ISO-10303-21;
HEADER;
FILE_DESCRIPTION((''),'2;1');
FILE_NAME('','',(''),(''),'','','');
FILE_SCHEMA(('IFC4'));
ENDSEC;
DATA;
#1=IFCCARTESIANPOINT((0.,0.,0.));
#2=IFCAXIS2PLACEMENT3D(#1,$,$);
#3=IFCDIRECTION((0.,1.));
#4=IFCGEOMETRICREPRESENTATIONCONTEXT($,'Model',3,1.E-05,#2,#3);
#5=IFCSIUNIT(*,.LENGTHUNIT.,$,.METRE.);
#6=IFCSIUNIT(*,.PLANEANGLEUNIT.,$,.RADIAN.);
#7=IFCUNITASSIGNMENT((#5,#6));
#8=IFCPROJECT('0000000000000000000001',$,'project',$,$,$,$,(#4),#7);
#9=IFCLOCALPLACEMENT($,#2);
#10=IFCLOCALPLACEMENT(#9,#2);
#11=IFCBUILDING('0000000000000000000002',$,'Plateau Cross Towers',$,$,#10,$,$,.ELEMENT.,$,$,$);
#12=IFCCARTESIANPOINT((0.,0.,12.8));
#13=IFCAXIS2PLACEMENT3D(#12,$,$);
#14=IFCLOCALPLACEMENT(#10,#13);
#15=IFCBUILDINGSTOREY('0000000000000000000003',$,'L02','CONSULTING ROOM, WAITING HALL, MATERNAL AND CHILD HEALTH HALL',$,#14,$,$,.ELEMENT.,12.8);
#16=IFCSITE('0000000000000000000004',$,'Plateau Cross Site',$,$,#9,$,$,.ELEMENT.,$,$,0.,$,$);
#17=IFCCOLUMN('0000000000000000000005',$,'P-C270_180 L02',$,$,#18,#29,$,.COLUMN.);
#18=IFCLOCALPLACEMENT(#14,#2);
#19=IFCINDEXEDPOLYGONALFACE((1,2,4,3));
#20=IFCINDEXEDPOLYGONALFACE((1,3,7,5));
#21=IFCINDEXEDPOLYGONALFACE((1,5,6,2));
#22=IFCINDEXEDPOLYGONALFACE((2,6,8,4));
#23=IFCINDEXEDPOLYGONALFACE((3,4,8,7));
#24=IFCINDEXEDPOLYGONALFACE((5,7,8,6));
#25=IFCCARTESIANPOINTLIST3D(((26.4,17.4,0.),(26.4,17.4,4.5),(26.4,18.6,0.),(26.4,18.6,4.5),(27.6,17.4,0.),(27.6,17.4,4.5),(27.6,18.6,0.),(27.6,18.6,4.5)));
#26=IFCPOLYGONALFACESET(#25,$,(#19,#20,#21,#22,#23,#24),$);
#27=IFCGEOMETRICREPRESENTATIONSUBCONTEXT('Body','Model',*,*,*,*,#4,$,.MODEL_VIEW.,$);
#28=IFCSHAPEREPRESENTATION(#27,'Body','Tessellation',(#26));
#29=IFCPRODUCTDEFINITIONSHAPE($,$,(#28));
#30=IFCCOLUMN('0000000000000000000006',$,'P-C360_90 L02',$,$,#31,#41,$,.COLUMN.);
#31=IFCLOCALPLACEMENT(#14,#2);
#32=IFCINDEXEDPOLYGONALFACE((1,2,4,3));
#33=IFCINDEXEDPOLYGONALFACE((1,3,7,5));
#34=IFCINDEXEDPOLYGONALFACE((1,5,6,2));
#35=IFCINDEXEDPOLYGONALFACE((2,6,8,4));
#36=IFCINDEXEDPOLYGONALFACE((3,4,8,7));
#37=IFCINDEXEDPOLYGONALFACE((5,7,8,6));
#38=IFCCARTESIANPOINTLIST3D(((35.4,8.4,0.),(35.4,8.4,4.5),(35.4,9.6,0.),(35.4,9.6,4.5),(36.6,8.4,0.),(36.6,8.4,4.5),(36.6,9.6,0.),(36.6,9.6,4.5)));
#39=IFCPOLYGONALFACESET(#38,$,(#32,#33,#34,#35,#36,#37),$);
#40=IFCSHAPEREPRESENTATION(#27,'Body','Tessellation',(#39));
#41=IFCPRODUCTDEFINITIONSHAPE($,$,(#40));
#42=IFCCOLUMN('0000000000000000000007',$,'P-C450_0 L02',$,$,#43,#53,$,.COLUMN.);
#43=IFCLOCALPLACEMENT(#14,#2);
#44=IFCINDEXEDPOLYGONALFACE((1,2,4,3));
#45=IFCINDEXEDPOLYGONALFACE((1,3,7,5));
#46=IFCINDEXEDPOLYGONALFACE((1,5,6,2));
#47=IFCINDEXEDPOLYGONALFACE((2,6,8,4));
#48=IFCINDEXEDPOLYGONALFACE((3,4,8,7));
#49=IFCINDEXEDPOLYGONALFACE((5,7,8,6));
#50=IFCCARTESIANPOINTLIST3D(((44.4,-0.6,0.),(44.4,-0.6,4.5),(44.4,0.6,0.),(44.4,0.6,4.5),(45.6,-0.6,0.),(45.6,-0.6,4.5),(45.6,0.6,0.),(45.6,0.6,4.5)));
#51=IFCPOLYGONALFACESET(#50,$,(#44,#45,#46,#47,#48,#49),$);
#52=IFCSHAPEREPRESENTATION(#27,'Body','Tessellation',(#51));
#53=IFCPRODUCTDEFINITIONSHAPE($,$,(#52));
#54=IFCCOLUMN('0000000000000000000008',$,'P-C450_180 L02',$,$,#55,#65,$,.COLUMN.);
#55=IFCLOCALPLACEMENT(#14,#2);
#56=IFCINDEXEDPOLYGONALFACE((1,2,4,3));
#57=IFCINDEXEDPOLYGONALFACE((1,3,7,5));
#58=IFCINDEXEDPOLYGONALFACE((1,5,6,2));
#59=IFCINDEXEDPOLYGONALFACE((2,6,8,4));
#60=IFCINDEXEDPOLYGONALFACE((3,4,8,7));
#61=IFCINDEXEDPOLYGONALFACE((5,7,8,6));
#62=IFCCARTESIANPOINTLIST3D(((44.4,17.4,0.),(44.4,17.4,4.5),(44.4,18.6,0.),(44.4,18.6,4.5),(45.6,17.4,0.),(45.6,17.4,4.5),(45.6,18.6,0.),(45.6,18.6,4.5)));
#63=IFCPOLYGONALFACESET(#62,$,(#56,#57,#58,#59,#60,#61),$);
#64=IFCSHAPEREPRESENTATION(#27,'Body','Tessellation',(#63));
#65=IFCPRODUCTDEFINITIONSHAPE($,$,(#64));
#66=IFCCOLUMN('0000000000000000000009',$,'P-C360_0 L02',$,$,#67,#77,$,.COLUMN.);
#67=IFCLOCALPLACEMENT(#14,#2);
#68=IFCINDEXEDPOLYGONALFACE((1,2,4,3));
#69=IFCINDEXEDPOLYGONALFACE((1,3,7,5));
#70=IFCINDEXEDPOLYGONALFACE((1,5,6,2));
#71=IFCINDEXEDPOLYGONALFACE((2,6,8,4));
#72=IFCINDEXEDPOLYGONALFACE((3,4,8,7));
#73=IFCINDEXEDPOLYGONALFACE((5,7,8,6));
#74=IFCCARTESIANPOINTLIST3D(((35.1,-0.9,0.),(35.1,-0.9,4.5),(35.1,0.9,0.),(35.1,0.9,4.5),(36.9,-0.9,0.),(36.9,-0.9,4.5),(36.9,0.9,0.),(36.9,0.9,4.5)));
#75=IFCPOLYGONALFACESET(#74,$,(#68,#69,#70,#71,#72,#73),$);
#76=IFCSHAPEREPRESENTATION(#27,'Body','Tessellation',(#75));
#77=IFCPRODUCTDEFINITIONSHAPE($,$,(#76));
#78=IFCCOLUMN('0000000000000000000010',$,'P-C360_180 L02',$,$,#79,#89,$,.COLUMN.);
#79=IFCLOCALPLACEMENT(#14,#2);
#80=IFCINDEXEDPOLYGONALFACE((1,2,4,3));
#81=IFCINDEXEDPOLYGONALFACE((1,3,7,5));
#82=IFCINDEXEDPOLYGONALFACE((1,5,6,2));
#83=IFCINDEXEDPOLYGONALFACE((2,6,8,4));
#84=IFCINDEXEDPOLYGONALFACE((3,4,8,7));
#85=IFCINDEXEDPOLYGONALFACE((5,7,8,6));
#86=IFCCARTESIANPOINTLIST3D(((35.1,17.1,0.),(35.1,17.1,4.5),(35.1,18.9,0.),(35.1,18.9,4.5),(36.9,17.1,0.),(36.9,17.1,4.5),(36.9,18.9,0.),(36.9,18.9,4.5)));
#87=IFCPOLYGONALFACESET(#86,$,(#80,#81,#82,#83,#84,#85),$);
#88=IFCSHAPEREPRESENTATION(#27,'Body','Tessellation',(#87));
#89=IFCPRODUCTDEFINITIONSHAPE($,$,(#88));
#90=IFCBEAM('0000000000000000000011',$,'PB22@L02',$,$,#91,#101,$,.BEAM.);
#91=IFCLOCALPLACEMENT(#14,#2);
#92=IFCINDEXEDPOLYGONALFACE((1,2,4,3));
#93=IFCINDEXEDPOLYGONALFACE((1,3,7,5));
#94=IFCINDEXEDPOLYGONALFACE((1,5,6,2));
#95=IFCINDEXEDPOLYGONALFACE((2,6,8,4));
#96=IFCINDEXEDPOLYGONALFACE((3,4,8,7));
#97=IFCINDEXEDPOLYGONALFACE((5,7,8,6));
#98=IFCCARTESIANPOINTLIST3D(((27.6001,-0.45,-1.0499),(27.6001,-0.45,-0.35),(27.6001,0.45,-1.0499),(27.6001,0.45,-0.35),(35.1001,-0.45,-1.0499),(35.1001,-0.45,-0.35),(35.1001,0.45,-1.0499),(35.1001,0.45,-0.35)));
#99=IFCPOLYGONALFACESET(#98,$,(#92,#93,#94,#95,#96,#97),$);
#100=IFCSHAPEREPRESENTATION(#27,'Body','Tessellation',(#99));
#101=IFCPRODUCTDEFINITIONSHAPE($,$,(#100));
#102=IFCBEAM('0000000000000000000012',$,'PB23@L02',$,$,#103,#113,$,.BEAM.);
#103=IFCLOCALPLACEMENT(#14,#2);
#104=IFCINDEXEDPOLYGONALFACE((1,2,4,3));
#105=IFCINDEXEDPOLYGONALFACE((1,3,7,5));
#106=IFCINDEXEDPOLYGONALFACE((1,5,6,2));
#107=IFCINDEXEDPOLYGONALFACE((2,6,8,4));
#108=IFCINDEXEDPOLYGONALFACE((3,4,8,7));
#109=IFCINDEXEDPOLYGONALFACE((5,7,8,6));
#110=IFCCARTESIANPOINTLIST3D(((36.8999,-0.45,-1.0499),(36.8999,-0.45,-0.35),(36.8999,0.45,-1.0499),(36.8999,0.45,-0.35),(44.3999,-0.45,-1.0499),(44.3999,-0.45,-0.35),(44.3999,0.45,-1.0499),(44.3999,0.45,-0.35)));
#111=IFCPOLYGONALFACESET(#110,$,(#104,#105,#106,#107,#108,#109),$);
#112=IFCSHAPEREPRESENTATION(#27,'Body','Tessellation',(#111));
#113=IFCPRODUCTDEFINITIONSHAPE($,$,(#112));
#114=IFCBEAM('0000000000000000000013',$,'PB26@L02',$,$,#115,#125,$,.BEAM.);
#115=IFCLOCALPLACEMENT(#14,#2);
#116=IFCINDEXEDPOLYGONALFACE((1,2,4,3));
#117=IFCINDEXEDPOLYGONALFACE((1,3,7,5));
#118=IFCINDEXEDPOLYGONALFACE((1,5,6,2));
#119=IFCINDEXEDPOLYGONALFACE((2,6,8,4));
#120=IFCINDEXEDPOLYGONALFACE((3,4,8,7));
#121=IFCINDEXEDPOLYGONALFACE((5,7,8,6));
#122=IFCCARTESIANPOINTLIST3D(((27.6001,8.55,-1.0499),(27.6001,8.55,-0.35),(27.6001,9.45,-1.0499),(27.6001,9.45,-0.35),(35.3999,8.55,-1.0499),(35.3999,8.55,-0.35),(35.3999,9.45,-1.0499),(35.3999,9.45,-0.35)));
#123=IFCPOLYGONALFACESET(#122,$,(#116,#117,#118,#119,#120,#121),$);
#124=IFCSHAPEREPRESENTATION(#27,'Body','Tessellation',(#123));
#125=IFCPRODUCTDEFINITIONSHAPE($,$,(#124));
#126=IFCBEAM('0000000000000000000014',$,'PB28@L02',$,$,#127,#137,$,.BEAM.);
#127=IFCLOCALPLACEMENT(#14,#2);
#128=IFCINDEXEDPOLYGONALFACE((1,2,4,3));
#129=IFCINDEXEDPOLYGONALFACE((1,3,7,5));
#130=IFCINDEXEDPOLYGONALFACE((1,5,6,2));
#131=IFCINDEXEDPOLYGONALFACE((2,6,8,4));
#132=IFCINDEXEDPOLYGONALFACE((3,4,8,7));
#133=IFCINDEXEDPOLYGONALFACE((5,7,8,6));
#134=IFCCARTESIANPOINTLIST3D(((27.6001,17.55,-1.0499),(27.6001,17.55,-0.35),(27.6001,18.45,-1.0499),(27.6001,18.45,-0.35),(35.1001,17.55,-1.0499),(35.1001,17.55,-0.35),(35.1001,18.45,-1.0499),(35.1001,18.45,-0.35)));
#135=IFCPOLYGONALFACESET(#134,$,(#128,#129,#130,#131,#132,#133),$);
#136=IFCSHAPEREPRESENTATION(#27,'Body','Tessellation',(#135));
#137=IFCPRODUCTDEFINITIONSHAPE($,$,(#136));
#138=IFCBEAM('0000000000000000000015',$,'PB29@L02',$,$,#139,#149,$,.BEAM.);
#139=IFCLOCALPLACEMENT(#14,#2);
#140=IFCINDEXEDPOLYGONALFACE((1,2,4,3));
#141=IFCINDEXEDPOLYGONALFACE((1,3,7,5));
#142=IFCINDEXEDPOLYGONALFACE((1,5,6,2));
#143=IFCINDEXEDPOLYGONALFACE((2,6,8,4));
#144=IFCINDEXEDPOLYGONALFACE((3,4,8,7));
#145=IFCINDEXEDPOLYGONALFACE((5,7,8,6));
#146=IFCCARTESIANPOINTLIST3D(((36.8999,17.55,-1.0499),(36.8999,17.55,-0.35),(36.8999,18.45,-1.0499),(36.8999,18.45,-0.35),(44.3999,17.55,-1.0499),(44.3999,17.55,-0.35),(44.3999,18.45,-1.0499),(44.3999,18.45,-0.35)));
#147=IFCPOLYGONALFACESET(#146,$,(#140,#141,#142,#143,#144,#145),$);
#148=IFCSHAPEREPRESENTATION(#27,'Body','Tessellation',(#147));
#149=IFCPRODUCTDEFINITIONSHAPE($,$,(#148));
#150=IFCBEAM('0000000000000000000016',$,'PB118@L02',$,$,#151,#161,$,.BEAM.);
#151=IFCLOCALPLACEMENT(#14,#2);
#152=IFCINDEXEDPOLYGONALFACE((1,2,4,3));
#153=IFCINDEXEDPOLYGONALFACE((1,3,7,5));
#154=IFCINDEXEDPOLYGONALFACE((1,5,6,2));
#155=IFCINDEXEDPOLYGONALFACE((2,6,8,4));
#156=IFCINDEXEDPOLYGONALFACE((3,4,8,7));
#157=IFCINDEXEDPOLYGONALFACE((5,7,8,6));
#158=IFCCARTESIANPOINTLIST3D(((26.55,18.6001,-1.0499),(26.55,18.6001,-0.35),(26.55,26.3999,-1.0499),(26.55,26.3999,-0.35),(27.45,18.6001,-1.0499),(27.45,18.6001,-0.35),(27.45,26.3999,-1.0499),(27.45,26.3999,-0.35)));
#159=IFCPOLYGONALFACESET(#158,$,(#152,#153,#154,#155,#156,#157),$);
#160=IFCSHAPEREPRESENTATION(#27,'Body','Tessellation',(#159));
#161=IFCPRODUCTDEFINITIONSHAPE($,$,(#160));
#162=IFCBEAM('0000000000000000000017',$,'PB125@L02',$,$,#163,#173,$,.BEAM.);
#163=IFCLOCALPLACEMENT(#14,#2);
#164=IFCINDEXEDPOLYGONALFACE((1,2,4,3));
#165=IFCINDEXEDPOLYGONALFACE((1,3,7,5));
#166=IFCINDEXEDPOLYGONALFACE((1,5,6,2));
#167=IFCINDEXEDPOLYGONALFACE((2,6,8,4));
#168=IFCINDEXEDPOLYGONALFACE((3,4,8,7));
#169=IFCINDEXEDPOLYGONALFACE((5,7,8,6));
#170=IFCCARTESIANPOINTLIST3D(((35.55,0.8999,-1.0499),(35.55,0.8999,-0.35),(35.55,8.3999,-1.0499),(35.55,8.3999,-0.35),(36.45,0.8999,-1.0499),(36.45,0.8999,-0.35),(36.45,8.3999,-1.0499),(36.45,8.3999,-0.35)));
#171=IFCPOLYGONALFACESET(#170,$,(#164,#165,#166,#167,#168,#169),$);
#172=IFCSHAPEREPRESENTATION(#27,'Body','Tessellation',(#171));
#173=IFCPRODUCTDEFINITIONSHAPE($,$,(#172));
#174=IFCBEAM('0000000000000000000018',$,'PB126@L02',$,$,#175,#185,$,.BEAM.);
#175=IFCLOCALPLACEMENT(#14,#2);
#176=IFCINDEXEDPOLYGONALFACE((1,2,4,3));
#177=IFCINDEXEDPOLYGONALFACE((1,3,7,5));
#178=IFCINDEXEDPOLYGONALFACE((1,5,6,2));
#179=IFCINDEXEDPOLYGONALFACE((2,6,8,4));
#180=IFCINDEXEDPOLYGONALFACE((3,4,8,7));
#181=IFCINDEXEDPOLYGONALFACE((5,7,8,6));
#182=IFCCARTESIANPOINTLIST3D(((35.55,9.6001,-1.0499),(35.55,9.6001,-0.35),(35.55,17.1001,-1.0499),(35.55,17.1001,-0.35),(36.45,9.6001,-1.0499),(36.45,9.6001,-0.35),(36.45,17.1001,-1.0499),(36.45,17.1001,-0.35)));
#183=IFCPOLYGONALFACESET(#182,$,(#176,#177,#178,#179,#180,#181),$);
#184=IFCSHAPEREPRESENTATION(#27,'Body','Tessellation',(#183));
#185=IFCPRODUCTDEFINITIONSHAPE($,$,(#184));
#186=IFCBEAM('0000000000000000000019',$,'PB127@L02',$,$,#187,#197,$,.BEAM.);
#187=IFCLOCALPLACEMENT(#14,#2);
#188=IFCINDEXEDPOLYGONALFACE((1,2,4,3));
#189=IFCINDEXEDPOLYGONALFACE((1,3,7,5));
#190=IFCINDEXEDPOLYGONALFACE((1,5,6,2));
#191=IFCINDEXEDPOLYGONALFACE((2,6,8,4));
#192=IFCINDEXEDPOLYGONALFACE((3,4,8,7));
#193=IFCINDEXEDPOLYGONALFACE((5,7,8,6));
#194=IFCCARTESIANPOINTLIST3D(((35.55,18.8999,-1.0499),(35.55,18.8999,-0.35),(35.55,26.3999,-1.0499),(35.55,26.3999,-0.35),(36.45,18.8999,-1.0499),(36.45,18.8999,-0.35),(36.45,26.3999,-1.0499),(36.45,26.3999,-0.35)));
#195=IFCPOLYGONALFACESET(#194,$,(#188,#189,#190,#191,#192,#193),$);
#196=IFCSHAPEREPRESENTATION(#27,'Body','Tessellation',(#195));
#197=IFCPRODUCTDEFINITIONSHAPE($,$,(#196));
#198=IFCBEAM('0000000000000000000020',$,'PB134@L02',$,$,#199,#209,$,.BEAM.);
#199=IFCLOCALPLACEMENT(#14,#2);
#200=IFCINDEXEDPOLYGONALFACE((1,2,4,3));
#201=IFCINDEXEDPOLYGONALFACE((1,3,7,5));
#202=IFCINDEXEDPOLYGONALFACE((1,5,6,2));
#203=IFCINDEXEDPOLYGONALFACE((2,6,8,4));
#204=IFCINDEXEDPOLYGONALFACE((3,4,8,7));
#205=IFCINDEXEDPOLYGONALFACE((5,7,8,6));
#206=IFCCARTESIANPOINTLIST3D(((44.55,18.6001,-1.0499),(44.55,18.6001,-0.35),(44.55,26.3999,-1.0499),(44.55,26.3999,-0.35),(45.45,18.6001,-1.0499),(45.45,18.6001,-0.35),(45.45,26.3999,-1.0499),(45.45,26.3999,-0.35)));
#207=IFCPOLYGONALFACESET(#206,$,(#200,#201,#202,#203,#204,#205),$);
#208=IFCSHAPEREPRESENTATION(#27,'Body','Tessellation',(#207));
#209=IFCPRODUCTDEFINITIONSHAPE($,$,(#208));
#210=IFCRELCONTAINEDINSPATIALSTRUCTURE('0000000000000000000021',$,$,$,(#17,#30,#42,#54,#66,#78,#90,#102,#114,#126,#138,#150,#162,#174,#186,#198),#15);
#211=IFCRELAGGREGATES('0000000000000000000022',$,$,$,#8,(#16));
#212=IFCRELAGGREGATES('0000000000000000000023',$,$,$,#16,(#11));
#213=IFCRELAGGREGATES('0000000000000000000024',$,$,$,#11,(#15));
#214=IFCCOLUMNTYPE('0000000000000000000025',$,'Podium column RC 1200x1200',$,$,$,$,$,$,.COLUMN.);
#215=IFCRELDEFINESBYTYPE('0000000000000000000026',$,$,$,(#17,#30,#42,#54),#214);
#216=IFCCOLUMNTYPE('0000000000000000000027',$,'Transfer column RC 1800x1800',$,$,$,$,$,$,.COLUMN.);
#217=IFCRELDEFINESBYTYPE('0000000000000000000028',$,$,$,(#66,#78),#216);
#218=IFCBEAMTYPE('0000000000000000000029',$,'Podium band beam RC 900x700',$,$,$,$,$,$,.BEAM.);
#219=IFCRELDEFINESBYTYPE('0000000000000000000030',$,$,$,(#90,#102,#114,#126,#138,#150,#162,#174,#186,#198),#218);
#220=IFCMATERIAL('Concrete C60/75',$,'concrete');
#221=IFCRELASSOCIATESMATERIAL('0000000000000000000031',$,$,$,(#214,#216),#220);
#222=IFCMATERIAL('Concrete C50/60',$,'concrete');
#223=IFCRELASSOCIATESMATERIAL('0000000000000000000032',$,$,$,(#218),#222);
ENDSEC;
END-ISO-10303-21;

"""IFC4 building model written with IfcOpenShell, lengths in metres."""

from ifc_helpers import new_model, si_unit, direction, frame, origin, origin_2d, place, context, subcontext, project, spatial, rectangle, extrude, material, material_profile, profile_set, type_object, element, save


model = new_model("IFC4")

# Units and contexts
model_context = context("Model", 3, precision=1e-05, world=origin(), true_north=direction((0.0, 1.0)))
body_context = subcontext(model_context, "Body", "Model", "MODEL_VIEW")
ifc_project = project(units=[si_unit("LENGTHUNIT", "METRE"), si_unit("PLANEANGLEUNIT", "RADIAN")], contexts=[model_context])

# Site, building, storey
site_placement = place(None, origin())
site = spatial("IfcSite", under=ifc_project, at=site_placement, Name="Plateau Cross Site", CompositionType="ELEMENT", RefElevation=0.0)
building_placement = place(site_placement, origin())
building = spatial("IfcBuilding", under=site, at=building_placement, Name="Plateau Cross Towers", CompositionType="ELEMENT")
storey_placement = place(building_placement, frame((0.0, 0.0, 12.8)))
storey = spatial("IfcBuildingStorey", under=building, at=storey_placement, Name="L02", Description="CONSULTING ROOM, WAITING HALL, MATERNAL AND CHILD HEALTH HALL", CompositionType="ELEMENT", Elevation=12.8)

# Columns
ifc_material_1 = material(Name="Concrete C60/75", Category="concrete")
ifc_material_profile_1 = material_profile(ifc_material_1, rectangle(XDim=1.2, YDim=1.2, at=origin_2d()), Name="RC 1200x1200")
ifc_profile_set_1 = profile_set([ifc_material_profile_1], Name="Concrete C60/75")
column_type_1 = type_object("IfcColumnType", Name="Podium column RC 1200x1200", PredefinedType="COLUMN", material=ifc_profile_set_1)
for number, where, z_axis, x_axis, name in (
    (1, (27.0, 18.0, 0.0), (0.0, 0.0, 1.0), (1.0, 0.0, 0.0), "P-C270_180 L02"),
    (2, (36.0, 9.0, 0.0), (0.0, 0.0, 1.0), (1.0, 0.0, 0.0), "P-C360_90 L02"),
    (3, (45.0, 0.0, 0.0), (0.0, 0.0, 1.0), (1.0, 0.0, 0.0), "P-C450_0 L02"),
    (4, (45.0, 18.0, 0.0), (0.0, 0.0, 1.0), (1.0, 0.0, 0.0), "P-C450_180 L02"),
):
    element("IfcColumn", number, at=place(storey_placement, frame(where, z_axis=z_axis, x_axis=x_axis)), inside=storey, type_object=column_type_1, Name=name, PredefinedType="COLUMN", context=body_context, shape_type="SweptSolid", body=[
        extrude(rectangle(XDim=1.2, YDim=1.2, at=origin_2d()), origin(), (0.0, 0.0, 1.0), 4.5),
    ])
ifc_material_profile_2 = material_profile(ifc_material_1, rectangle(XDim=1.8, YDim=1.8, at=origin_2d()), Name="RC 1800x1800")
ifc_profile_set_2 = profile_set([ifc_material_profile_2], Name="Concrete C60/75")
column_type_2 = type_object("IfcColumnType", Name="Transfer column RC 1800x1800", PredefinedType="COLUMN", material=ifc_profile_set_2)
for number, where, z_axis, x_axis, name in (
    (5, (36.0, 0.0, 0.0), (0.0, 0.0, 1.0), (1.0, 0.0, 0.0), "P-C360_0 L02"),
    (6, (36.0, 18.0, 0.0), (0.0, 0.0, 1.0), (1.0, 0.0, 0.0), "P-C360_180 L02"),
):
    element("IfcColumn", number, at=place(storey_placement, frame(where, z_axis=z_axis, x_axis=x_axis)), inside=storey, type_object=column_type_2, Name=name, PredefinedType="COLUMN", context=body_context, shape_type="SweptSolid", body=[
        extrude(rectangle(XDim=1.8, YDim=1.8, at=origin_2d()), origin(), (0.0, 0.0, 1.0), 4.5),
    ])

# Beams
ifc_material_2 = material(Name="Concrete C50/60", Category="concrete")
ifc_material_profile_3 = material_profile(ifc_material_2, rectangle(XDim=0.8999, YDim=0.7, at=origin_2d()), Name="RC 900x700")
ifc_profile_set_3 = profile_set([ifc_material_profile_3], Name="Concrete C50/60")
beam_type = type_object("IfcBeamType", Name="Podium band beam RC 900x700", PredefinedType="BEAM", material=ifc_profile_set_3)
for number, where, z_axis, x_axis, name in (
    (7, (27.6001, 0.0, -0.7), (1.0, 0.0, 0.0), (0.0, 1.0, 0.0), "PB22@L02"),
    (8, (36.8999, 0.0, -0.7), (1.0, 0.0, 0.0), (0.0, 1.0, 0.0), "PB23@L02"),
):
    element("IfcBeam", number, at=place(storey_placement, frame(where, z_axis=z_axis, x_axis=x_axis)), inside=storey, type_object=beam_type, Name=name, PredefinedType="BEAM", context=body_context, shape_type="SweptSolid", body=[
        extrude(rectangle(XDim=0.8999, YDim=0.7, at=origin_2d()), origin(), (0.0, 0.0, 1.0), 7.5),
    ])
beam_1_placement = place(storey_placement, frame((27.6001, 9.0, -0.7), z_axis=(1.0, 0.0, 0.0), x_axis=(0.0, 1.0, 0.0)))
element("IfcBeam", 9, at=beam_1_placement, inside=storey, type_object=beam_type, Name="PB26@L02", PredefinedType="BEAM", context=body_context, shape_type="SweptSolid", body=[
    extrude(rectangle(XDim=0.8999, YDim=0.7, at=origin_2d()), origin(), (0.0, 0.0, 1.0), 7.7998),
])
for number, where, z_axis, x_axis, name in (
    (10, (27.6001, 18.0, -0.7), (1.0, 0.0, 0.0), (0.0, 1.0, 0.0), "PB28@L02"),
    (11, (36.8999, 18.0, -0.7), (1.0, 0.0, 0.0), (0.0, 1.0, 0.0), "PB29@L02"),
):
    element("IfcBeam", number, at=place(storey_placement, frame(where, z_axis=z_axis, x_axis=x_axis)), inside=storey, type_object=beam_type, Name=name, PredefinedType="BEAM", context=body_context, shape_type="SweptSolid", body=[
        extrude(rectangle(XDim=0.8999, YDim=0.7, at=origin_2d()), origin(), (0.0, 0.0, 1.0), 7.5),
    ])
beam_2_placement = place(storey_placement, frame((27.0, 18.6001, -0.7), z_axis=(0.0, 1.0, 0.0), x_axis=(-1.0, 0.0, 0.0)))
element("IfcBeam", 12, at=beam_2_placement, inside=storey, type_object=beam_type, Name="PB118@L02", PredefinedType="BEAM", context=body_context, shape_type="SweptSolid", body=[
    extrude(rectangle(XDim=0.8999, YDim=0.7, at=origin_2d()), origin(), (0.0, 0.0, 1.0), 7.7998),
])
for number, where, z_axis, x_axis, name in (
    (13, (36.0, 0.8999, -0.7), (0.0, 1.0, 0.0), (-1.0, 0.0, 0.0), "PB125@L02"),
    (14, (36.0, 9.6001, -0.7), (0.0, 1.0, 0.0), (-1.0, 0.0, 0.0), "PB126@L02"),
    (15, (36.0, 18.8999, -0.7), (0.0, 1.0, 0.0), (-1.0, 0.0, 0.0), "PB127@L02"),
):
    element("IfcBeam", number, at=place(storey_placement, frame(where, z_axis=z_axis, x_axis=x_axis)), inside=storey, type_object=beam_type, Name=name, PredefinedType="BEAM", context=body_context, shape_type="SweptSolid", body=[
        extrude(rectangle(XDim=0.8999, YDim=0.7, at=origin_2d()), origin(), (0.0, 0.0, 1.0), 7.5),
    ])
beam_3_placement = place(storey_placement, frame((45.0, 18.6001, -0.7), z_axis=(0.0, 1.0, 0.0), x_axis=(-1.0, 0.0, 0.0)))
element("IfcBeam", 16, at=beam_3_placement, inside=storey, type_object=beam_type, Name="PB134@L02", PredefinedType="BEAM", context=body_context, shape_type="SweptSolid", body=[
    extrude(rectangle(XDim=0.8999, YDim=0.7, at=origin_2d()), origin(), (0.0, 0.0, 1.0), 7.7998),
])

save(model, "model.ifc")
